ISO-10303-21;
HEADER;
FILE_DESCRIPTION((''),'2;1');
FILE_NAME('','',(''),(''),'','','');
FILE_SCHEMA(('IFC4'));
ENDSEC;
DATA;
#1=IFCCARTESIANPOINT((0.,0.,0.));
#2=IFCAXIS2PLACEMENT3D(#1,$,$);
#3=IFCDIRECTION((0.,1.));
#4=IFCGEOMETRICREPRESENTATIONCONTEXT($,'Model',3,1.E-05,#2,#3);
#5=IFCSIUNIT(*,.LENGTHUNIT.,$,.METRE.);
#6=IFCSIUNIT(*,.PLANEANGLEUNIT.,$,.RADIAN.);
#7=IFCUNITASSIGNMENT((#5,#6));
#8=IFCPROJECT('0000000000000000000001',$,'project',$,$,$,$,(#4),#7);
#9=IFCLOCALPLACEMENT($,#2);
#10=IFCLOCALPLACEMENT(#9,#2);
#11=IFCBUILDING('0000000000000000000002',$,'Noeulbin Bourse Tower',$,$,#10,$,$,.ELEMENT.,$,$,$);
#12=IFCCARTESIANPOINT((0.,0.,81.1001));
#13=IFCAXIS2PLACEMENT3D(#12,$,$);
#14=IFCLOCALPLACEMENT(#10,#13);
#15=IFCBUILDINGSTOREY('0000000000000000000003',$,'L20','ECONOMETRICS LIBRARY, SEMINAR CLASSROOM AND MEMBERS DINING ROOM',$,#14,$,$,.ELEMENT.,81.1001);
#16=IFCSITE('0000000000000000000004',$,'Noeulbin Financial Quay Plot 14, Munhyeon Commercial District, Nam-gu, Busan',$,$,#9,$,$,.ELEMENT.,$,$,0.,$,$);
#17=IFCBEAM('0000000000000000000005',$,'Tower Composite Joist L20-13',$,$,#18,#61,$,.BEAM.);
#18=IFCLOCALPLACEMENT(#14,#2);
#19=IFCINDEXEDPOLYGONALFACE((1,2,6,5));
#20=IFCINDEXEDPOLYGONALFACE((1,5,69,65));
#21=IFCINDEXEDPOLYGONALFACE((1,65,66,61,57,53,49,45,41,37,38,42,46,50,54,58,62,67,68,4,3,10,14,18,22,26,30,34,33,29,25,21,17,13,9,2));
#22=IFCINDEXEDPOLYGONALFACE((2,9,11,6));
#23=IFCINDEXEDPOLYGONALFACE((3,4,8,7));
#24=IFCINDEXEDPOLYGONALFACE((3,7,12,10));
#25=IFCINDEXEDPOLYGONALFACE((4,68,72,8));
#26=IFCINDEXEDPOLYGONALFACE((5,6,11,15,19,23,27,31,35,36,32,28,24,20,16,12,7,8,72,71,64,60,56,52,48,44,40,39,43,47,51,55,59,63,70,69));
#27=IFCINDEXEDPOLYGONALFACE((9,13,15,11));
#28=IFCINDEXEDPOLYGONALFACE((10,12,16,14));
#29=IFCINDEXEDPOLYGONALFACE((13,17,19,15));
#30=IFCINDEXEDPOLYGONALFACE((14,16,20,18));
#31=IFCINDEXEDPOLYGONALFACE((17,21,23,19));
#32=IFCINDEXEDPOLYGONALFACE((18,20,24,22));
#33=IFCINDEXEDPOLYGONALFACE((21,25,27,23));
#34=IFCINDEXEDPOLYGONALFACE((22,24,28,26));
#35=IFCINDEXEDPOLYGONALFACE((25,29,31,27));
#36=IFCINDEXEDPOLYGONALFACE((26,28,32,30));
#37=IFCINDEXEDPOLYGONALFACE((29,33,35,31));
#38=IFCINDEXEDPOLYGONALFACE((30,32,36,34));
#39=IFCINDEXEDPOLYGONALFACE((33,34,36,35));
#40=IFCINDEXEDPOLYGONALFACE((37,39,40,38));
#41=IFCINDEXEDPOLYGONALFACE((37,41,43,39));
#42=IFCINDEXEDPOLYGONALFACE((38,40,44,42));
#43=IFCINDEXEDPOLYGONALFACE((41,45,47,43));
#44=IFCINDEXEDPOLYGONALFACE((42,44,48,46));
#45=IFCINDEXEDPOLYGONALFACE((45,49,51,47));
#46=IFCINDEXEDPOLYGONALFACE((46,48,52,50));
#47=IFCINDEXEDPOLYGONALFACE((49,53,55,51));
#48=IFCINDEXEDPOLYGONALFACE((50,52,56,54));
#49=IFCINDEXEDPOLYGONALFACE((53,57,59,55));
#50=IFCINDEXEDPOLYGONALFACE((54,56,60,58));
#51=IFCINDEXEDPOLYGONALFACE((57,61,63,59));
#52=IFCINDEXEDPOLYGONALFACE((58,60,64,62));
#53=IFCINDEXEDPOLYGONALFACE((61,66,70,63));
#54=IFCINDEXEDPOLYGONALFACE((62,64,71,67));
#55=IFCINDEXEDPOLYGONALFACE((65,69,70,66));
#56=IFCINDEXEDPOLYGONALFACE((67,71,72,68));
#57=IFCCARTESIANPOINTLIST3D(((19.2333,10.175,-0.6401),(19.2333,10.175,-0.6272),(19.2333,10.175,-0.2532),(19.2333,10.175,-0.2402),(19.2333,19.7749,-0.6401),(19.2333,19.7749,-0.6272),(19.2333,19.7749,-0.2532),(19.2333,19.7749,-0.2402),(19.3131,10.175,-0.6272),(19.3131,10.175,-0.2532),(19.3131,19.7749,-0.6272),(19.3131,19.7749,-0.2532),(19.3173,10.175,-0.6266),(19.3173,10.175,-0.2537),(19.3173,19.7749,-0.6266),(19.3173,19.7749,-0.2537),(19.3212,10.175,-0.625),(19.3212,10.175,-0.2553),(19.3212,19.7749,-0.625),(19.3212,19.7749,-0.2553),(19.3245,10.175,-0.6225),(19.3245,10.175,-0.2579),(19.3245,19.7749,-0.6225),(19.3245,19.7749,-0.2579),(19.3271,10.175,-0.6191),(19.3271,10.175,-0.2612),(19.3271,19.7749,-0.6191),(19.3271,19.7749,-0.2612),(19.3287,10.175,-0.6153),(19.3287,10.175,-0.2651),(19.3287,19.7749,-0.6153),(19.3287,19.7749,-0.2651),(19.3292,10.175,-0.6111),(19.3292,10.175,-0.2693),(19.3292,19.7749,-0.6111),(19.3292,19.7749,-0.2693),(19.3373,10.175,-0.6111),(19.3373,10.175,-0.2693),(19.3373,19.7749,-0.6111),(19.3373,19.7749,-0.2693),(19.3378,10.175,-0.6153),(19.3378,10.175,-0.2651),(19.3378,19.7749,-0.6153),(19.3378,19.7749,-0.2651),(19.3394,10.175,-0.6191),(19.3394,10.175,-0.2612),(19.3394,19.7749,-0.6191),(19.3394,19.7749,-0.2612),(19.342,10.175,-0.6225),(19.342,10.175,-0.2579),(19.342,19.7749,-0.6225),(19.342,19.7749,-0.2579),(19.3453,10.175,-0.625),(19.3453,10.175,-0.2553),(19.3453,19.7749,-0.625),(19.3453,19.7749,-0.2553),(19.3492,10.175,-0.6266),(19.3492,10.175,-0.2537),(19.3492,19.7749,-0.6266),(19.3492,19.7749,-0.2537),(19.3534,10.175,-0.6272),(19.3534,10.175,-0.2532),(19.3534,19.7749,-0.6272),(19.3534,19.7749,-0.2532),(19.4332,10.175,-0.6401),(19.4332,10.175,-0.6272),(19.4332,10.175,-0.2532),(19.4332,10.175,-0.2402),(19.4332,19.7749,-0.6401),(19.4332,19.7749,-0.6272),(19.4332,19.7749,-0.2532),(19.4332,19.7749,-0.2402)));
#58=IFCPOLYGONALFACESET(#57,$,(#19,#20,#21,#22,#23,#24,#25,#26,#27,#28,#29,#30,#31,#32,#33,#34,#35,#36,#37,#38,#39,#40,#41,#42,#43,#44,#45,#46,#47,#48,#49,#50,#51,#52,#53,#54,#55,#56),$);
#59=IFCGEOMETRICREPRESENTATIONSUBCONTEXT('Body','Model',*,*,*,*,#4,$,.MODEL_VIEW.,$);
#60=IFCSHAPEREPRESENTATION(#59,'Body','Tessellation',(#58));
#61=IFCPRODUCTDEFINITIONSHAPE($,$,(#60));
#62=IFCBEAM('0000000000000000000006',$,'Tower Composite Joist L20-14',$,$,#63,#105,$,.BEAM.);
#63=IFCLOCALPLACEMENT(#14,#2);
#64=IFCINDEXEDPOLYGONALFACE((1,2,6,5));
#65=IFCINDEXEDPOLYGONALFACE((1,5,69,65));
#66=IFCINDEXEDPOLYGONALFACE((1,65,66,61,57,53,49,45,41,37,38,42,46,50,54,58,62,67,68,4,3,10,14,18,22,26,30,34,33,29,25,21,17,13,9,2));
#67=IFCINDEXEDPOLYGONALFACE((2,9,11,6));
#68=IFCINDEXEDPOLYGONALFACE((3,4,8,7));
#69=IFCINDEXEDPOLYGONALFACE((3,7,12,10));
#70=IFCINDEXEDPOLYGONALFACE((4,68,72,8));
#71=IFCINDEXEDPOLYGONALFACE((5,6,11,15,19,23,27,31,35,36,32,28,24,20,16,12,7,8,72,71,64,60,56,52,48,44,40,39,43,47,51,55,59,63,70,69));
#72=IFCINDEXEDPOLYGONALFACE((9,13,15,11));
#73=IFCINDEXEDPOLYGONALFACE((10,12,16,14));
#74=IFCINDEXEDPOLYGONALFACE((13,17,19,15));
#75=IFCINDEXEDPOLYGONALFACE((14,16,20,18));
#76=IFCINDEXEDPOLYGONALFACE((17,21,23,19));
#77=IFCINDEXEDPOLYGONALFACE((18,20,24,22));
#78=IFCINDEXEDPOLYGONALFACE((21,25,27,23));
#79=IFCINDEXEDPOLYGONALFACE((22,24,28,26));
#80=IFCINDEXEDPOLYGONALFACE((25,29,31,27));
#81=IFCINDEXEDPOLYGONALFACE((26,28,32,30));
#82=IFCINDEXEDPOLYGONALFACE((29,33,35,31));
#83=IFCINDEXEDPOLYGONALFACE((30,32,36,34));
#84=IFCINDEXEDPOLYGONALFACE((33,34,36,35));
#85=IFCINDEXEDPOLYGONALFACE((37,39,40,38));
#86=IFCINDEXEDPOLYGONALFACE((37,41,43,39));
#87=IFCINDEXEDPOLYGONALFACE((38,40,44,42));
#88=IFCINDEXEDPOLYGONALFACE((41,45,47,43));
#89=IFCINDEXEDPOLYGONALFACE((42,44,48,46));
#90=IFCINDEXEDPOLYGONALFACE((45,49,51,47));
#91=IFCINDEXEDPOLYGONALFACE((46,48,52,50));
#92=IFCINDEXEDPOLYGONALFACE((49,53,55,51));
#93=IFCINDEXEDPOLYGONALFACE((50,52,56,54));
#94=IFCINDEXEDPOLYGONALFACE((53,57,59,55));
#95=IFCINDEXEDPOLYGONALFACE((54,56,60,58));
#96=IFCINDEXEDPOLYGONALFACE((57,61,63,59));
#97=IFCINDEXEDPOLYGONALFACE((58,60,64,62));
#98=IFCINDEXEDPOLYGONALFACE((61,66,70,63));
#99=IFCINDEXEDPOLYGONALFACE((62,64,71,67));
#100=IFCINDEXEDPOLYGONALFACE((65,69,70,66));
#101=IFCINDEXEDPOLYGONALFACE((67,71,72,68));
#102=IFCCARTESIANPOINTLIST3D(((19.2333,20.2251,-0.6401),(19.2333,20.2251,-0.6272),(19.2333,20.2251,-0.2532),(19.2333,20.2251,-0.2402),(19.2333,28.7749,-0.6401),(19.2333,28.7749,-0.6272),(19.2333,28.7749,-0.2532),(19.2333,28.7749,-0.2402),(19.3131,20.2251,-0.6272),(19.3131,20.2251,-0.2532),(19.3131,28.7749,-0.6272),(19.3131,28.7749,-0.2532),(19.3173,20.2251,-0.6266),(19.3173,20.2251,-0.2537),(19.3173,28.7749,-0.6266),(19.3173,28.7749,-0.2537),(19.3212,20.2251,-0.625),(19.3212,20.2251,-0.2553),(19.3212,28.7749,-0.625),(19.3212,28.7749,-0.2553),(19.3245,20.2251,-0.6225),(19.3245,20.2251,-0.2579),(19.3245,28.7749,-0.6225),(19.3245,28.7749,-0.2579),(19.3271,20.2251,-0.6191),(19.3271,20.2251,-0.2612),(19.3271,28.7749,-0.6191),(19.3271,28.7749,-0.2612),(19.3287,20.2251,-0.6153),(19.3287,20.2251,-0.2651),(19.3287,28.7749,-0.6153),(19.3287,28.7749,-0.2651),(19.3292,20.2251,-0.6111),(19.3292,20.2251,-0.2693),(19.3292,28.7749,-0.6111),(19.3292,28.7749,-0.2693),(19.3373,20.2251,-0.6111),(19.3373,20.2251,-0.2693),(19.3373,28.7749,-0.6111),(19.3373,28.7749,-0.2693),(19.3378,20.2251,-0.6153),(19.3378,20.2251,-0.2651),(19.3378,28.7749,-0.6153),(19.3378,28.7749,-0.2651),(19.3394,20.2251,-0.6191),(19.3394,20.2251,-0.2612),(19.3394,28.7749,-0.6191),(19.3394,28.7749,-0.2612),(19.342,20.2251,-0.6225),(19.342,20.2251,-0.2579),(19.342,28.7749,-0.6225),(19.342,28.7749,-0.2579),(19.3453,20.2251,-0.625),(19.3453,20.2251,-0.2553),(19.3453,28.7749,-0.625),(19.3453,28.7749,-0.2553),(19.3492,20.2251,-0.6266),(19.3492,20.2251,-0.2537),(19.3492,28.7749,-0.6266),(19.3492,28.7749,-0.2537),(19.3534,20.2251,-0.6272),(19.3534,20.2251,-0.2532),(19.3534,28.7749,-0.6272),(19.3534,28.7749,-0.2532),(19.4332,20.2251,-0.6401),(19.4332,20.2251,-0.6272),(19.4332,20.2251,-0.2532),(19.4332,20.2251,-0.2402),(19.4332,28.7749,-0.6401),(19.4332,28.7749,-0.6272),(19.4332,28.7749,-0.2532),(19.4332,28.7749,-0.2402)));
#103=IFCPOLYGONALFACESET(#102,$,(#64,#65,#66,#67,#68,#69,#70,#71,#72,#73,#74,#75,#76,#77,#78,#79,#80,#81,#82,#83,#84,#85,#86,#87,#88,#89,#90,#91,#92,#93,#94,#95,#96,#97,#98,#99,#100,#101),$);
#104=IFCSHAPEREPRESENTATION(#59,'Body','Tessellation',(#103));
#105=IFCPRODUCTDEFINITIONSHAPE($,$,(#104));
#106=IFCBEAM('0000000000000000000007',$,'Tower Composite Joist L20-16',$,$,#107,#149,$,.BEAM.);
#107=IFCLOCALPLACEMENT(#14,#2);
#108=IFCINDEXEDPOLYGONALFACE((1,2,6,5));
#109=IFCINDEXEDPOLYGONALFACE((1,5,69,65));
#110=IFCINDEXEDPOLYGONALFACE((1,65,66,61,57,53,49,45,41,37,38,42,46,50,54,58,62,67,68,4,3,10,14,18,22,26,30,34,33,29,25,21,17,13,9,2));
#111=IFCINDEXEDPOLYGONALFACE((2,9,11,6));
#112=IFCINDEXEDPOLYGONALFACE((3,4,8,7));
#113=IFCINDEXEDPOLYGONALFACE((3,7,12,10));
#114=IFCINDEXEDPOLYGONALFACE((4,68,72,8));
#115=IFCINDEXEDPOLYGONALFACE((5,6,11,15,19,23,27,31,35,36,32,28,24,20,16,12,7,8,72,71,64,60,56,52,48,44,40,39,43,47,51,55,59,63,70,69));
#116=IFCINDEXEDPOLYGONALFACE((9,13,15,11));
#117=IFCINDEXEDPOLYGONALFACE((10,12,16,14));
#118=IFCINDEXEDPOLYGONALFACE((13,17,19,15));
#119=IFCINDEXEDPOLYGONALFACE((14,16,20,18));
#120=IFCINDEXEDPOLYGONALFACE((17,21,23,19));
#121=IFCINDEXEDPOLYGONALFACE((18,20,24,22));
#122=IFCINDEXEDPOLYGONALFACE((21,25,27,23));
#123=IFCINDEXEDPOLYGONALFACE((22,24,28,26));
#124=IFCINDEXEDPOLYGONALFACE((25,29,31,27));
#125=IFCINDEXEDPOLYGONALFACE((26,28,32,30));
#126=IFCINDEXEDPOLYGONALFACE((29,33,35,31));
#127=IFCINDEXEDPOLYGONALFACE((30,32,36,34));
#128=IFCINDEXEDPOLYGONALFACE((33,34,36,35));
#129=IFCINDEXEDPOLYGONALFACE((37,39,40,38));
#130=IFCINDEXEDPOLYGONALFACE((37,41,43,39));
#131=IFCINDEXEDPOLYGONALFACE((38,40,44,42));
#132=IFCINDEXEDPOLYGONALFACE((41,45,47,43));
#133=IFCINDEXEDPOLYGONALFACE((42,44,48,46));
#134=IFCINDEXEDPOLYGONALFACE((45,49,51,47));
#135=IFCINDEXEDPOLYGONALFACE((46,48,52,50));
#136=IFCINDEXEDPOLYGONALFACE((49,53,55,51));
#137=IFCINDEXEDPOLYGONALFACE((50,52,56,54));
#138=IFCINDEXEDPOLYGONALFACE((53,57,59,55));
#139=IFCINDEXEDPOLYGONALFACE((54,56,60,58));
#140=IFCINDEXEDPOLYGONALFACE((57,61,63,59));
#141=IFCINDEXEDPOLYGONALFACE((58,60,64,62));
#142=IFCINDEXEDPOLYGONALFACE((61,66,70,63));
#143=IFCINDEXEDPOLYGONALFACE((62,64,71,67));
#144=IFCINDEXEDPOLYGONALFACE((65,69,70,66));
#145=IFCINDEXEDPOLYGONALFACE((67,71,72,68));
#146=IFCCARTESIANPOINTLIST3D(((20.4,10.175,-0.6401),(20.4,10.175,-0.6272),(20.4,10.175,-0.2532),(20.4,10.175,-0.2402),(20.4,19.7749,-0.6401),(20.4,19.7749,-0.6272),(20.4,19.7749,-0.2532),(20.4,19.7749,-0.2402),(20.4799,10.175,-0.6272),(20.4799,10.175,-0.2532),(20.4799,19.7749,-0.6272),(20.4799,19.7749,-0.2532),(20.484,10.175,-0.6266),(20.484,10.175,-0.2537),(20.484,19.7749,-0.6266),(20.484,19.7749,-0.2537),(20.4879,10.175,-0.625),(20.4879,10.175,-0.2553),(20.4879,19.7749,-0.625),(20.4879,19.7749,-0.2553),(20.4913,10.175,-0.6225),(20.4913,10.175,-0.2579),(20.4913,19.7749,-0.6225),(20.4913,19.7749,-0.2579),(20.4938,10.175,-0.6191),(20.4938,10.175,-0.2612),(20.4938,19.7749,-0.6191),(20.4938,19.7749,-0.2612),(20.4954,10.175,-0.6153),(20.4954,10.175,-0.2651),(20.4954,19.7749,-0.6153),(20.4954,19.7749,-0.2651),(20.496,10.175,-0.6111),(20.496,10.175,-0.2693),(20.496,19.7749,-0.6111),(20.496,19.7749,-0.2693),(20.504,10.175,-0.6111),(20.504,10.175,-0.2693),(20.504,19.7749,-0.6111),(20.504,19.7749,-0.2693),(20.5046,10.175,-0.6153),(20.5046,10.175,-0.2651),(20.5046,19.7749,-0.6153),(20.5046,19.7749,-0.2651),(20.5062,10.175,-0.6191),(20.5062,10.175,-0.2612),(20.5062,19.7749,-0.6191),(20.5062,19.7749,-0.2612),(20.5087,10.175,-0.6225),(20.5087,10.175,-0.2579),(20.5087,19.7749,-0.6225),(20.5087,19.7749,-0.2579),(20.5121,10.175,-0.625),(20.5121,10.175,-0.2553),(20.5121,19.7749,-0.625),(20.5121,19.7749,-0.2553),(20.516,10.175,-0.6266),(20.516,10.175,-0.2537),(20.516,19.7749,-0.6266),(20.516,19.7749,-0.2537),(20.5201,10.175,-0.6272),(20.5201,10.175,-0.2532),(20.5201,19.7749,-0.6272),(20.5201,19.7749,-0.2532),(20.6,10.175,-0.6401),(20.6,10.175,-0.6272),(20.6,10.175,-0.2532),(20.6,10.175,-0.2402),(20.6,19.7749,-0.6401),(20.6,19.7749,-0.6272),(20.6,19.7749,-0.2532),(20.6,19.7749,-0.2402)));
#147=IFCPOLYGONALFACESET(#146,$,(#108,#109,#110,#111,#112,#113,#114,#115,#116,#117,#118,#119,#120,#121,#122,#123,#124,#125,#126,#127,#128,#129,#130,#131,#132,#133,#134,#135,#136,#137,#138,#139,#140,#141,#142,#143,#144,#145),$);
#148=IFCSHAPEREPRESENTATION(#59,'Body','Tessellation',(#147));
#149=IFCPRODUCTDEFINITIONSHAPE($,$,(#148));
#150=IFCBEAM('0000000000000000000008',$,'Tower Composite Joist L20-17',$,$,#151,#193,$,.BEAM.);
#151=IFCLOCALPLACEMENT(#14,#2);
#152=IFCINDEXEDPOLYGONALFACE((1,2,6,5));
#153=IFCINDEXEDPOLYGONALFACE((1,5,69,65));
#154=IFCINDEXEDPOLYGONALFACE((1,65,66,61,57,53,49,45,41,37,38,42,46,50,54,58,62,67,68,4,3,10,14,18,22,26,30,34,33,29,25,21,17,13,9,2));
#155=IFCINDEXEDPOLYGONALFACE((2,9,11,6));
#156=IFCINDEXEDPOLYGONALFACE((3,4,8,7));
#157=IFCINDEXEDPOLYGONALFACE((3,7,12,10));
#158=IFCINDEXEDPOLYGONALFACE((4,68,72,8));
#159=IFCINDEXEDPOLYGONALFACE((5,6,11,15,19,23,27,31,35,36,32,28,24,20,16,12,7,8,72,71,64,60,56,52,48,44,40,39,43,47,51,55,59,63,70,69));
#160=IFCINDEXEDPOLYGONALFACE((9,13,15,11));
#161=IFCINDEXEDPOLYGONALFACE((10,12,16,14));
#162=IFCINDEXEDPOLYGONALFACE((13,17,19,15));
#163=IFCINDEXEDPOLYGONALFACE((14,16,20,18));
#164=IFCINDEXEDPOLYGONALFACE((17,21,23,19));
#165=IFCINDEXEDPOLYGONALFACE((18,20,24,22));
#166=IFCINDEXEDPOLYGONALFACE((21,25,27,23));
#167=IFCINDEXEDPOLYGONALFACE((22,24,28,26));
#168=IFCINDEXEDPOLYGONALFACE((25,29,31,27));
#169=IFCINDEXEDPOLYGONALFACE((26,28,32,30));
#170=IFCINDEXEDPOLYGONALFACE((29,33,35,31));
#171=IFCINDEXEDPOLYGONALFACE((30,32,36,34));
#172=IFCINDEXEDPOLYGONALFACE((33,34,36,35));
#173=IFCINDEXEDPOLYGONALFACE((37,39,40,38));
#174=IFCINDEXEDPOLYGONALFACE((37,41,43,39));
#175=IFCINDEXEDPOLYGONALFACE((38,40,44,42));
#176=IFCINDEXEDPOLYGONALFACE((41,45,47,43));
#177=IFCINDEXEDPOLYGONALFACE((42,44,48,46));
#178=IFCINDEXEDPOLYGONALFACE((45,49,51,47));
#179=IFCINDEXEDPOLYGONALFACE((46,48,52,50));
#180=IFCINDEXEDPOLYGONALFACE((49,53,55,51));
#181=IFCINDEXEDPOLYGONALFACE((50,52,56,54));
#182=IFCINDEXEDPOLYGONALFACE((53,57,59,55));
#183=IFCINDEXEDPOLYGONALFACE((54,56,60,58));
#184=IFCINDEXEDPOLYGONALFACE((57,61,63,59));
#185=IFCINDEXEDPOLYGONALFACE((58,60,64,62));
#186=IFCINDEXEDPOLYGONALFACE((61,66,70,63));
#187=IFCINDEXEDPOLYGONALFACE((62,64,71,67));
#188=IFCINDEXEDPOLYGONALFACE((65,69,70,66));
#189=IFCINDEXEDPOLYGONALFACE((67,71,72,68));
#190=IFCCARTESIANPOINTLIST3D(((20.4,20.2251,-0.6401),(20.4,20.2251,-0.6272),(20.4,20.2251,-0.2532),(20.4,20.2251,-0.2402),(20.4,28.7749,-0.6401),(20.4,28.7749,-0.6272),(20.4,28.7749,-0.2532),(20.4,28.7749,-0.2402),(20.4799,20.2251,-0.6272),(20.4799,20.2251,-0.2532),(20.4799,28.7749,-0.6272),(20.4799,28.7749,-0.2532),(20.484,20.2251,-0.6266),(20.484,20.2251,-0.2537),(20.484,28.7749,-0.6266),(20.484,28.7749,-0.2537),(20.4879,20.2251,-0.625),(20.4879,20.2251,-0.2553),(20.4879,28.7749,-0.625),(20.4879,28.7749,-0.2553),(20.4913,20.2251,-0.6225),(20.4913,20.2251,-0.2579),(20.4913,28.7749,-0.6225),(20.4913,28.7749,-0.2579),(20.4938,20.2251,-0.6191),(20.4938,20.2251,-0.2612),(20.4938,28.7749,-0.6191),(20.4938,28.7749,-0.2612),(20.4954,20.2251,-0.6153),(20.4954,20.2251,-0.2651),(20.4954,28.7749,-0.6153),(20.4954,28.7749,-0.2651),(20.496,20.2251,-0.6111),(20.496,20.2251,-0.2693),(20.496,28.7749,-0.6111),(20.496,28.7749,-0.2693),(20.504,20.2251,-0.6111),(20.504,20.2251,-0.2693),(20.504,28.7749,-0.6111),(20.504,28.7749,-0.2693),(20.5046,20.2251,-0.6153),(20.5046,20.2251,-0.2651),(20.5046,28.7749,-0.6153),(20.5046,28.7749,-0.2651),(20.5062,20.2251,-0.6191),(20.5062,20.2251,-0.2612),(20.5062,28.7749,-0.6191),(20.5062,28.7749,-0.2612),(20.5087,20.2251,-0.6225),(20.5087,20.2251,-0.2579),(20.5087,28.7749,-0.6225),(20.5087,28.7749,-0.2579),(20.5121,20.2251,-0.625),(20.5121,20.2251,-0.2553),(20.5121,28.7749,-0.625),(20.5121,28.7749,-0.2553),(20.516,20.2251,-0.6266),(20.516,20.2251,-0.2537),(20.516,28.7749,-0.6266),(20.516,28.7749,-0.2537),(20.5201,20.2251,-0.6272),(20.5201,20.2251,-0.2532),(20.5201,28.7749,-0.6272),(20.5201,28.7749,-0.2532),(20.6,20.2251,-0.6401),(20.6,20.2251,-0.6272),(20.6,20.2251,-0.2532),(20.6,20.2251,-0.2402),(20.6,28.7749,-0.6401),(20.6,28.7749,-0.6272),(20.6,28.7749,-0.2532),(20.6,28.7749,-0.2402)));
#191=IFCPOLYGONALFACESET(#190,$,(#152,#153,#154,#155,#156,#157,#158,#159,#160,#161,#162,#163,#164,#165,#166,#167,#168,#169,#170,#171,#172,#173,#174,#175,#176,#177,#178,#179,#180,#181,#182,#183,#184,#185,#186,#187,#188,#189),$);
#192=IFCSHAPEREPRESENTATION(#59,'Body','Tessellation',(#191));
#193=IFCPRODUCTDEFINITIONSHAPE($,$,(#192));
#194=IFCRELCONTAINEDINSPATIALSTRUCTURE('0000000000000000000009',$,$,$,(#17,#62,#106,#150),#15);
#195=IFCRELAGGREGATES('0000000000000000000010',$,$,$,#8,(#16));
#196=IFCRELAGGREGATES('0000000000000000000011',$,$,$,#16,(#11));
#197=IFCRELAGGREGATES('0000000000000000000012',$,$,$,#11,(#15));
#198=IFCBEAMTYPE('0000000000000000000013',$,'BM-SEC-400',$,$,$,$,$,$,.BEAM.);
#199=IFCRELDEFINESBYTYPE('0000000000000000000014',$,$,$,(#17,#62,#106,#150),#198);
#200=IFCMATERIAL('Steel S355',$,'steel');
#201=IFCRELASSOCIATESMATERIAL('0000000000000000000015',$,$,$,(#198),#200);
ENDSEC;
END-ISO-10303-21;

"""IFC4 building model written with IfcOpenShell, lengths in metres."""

from ifc_helpers import new_model, si_unit, direction, frame, origin, origin_2d, place, context, subcontext, project, spatial, i_section, extrude, material, material_profile, profile_set, type_object, element, save


model = new_model("IFC4")

# Units and contexts
model_context = context("Model", 3, precision=1e-05, world=origin(), true_north=direction((0.0, 1.0)))
body_context = subcontext(model_context, "Body", "Model", "MODEL_VIEW")
ifc_project = project(units=[si_unit("LENGTHUNIT", "METRE"), si_unit("PLANEANGLEUNIT", "RADIAN")], contexts=[model_context])

# Site, building, storey
site_placement = place(None, origin())
site = spatial("IfcSite", under=ifc_project, at=site_placement, Name="Noeulbin Financial Quay Plot 14, Munhyeon Commercial District, Nam-gu, Busan", CompositionType="ELEMENT", RefElevation=0.0)
building_placement = place(site_placement, origin())
building = spatial("IfcBuilding", under=site, at=building_placement, Name="Noeulbin Bourse Tower", CompositionType="ELEMENT")
storey_placement = place(building_placement, frame((0.0, 0.0, 81.1001)))
storey = spatial("IfcBuildingStorey", under=building, at=storey_placement, Name="L20", Description="ECONOMETRICS LIBRARY, SEMINAR CLASSROOM AND MEMBERS DINING ROOM", CompositionType="ELEMENT", Elevation=81.1001)

# Beams
ifc_material_1 = material(Name="Steel S355", Category="steel")
ifc_material_profile_1 = material_profile(ifc_material_1, i_section(OverallWidth=0.2, OverallDepth=0.3999, WebThickness=0.0081, FlangeThickness=0.0129, FilletRadius=0.0161, at=origin_2d()), Name="H-400x200x8x13", Category="LoadBearing")
ifc_profile_set_1 = profile_set([ifc_material_profile_1], Name="Steel S355")
beam_type_1 = type_object("IfcBeamType", Name="BM-SEC-400", PredefinedType="BEAM", material=ifc_profile_set_1)
beam_1_placement = place(storey_placement, frame((19.3333, 10.175, -0.4402), z_axis=(0.0, 1.0, 0.0), x_axis=(-1.0, 0.0, 0.0)))
element("IfcBeam", 1, at=beam_1_placement, inside=storey, type_object=beam_type_1, Name="Tower Composite Joist L20-13", PredefinedType="BEAM", context=body_context, shape_type="SweptSolid", body=[
    extrude(i_section(OverallWidth=0.2, OverallDepth=0.3999, WebThickness=0.0081, FlangeThickness=0.0129, FilletRadius=0.0161, at=origin_2d()), origin(), (0.0, 0.0, 1.0), 9.5999),
])
beam_2_placement = place(storey_placement, frame((19.3333, 20.2251, -0.4402), z_axis=(0.0, 1.0, 0.0), x_axis=(-1.0, 0.0, 0.0)))
element("IfcBeam", 2, at=beam_2_placement, inside=storey, type_object=beam_type_1, Name="Tower Composite Joist L20-14", PredefinedType="BEAM", context=body_context, shape_type="SweptSolid", body=[
    extrude(i_section(OverallWidth=0.2, OverallDepth=0.3999, WebThickness=0.0081, FlangeThickness=0.0129, FilletRadius=0.0161, at=origin_2d()), origin(), (0.0, 0.0, 1.0), 8.5498),
])
beam_3_placement = place(storey_placement, frame((20.5, 10.175, -0.4402), z_axis=(0.0, 1.0, 0.0), x_axis=(-1.0, 0.0, 0.0)))
element("IfcBeam", 3, at=beam_3_placement, inside=storey, type_object=beam_type_1, Name="Tower Composite Joist L20-16", PredefinedType="BEAM", context=body_context, shape_type="SweptSolid", body=[
    extrude(i_section(OverallWidth=0.2, OverallDepth=0.3999, WebThickness=0.0081, FlangeThickness=0.0129, FilletRadius=0.0161, at=origin_2d()), origin(), (0.0, 0.0, 1.0), 9.5999),
])
beam_4_placement = place(storey_placement, frame((20.5, 20.2251, -0.4402), z_axis=(0.0, 1.0, 0.0), x_axis=(-1.0, 0.0, 0.0)))
element("IfcBeam", 4, at=beam_4_placement, inside=storey, type_object=beam_type_1, Name="Tower Composite Joist L20-17", PredefinedType="BEAM", context=body_context, shape_type="SweptSolid", body=[
    extrude(i_section(OverallWidth=0.2, OverallDepth=0.3999, WebThickness=0.0081, FlangeThickness=0.0129, FilletRadius=0.0161, at=origin_2d()), origin(), (0.0, 0.0, 1.0), 8.5498),
])

save(model, "model.ifc")
